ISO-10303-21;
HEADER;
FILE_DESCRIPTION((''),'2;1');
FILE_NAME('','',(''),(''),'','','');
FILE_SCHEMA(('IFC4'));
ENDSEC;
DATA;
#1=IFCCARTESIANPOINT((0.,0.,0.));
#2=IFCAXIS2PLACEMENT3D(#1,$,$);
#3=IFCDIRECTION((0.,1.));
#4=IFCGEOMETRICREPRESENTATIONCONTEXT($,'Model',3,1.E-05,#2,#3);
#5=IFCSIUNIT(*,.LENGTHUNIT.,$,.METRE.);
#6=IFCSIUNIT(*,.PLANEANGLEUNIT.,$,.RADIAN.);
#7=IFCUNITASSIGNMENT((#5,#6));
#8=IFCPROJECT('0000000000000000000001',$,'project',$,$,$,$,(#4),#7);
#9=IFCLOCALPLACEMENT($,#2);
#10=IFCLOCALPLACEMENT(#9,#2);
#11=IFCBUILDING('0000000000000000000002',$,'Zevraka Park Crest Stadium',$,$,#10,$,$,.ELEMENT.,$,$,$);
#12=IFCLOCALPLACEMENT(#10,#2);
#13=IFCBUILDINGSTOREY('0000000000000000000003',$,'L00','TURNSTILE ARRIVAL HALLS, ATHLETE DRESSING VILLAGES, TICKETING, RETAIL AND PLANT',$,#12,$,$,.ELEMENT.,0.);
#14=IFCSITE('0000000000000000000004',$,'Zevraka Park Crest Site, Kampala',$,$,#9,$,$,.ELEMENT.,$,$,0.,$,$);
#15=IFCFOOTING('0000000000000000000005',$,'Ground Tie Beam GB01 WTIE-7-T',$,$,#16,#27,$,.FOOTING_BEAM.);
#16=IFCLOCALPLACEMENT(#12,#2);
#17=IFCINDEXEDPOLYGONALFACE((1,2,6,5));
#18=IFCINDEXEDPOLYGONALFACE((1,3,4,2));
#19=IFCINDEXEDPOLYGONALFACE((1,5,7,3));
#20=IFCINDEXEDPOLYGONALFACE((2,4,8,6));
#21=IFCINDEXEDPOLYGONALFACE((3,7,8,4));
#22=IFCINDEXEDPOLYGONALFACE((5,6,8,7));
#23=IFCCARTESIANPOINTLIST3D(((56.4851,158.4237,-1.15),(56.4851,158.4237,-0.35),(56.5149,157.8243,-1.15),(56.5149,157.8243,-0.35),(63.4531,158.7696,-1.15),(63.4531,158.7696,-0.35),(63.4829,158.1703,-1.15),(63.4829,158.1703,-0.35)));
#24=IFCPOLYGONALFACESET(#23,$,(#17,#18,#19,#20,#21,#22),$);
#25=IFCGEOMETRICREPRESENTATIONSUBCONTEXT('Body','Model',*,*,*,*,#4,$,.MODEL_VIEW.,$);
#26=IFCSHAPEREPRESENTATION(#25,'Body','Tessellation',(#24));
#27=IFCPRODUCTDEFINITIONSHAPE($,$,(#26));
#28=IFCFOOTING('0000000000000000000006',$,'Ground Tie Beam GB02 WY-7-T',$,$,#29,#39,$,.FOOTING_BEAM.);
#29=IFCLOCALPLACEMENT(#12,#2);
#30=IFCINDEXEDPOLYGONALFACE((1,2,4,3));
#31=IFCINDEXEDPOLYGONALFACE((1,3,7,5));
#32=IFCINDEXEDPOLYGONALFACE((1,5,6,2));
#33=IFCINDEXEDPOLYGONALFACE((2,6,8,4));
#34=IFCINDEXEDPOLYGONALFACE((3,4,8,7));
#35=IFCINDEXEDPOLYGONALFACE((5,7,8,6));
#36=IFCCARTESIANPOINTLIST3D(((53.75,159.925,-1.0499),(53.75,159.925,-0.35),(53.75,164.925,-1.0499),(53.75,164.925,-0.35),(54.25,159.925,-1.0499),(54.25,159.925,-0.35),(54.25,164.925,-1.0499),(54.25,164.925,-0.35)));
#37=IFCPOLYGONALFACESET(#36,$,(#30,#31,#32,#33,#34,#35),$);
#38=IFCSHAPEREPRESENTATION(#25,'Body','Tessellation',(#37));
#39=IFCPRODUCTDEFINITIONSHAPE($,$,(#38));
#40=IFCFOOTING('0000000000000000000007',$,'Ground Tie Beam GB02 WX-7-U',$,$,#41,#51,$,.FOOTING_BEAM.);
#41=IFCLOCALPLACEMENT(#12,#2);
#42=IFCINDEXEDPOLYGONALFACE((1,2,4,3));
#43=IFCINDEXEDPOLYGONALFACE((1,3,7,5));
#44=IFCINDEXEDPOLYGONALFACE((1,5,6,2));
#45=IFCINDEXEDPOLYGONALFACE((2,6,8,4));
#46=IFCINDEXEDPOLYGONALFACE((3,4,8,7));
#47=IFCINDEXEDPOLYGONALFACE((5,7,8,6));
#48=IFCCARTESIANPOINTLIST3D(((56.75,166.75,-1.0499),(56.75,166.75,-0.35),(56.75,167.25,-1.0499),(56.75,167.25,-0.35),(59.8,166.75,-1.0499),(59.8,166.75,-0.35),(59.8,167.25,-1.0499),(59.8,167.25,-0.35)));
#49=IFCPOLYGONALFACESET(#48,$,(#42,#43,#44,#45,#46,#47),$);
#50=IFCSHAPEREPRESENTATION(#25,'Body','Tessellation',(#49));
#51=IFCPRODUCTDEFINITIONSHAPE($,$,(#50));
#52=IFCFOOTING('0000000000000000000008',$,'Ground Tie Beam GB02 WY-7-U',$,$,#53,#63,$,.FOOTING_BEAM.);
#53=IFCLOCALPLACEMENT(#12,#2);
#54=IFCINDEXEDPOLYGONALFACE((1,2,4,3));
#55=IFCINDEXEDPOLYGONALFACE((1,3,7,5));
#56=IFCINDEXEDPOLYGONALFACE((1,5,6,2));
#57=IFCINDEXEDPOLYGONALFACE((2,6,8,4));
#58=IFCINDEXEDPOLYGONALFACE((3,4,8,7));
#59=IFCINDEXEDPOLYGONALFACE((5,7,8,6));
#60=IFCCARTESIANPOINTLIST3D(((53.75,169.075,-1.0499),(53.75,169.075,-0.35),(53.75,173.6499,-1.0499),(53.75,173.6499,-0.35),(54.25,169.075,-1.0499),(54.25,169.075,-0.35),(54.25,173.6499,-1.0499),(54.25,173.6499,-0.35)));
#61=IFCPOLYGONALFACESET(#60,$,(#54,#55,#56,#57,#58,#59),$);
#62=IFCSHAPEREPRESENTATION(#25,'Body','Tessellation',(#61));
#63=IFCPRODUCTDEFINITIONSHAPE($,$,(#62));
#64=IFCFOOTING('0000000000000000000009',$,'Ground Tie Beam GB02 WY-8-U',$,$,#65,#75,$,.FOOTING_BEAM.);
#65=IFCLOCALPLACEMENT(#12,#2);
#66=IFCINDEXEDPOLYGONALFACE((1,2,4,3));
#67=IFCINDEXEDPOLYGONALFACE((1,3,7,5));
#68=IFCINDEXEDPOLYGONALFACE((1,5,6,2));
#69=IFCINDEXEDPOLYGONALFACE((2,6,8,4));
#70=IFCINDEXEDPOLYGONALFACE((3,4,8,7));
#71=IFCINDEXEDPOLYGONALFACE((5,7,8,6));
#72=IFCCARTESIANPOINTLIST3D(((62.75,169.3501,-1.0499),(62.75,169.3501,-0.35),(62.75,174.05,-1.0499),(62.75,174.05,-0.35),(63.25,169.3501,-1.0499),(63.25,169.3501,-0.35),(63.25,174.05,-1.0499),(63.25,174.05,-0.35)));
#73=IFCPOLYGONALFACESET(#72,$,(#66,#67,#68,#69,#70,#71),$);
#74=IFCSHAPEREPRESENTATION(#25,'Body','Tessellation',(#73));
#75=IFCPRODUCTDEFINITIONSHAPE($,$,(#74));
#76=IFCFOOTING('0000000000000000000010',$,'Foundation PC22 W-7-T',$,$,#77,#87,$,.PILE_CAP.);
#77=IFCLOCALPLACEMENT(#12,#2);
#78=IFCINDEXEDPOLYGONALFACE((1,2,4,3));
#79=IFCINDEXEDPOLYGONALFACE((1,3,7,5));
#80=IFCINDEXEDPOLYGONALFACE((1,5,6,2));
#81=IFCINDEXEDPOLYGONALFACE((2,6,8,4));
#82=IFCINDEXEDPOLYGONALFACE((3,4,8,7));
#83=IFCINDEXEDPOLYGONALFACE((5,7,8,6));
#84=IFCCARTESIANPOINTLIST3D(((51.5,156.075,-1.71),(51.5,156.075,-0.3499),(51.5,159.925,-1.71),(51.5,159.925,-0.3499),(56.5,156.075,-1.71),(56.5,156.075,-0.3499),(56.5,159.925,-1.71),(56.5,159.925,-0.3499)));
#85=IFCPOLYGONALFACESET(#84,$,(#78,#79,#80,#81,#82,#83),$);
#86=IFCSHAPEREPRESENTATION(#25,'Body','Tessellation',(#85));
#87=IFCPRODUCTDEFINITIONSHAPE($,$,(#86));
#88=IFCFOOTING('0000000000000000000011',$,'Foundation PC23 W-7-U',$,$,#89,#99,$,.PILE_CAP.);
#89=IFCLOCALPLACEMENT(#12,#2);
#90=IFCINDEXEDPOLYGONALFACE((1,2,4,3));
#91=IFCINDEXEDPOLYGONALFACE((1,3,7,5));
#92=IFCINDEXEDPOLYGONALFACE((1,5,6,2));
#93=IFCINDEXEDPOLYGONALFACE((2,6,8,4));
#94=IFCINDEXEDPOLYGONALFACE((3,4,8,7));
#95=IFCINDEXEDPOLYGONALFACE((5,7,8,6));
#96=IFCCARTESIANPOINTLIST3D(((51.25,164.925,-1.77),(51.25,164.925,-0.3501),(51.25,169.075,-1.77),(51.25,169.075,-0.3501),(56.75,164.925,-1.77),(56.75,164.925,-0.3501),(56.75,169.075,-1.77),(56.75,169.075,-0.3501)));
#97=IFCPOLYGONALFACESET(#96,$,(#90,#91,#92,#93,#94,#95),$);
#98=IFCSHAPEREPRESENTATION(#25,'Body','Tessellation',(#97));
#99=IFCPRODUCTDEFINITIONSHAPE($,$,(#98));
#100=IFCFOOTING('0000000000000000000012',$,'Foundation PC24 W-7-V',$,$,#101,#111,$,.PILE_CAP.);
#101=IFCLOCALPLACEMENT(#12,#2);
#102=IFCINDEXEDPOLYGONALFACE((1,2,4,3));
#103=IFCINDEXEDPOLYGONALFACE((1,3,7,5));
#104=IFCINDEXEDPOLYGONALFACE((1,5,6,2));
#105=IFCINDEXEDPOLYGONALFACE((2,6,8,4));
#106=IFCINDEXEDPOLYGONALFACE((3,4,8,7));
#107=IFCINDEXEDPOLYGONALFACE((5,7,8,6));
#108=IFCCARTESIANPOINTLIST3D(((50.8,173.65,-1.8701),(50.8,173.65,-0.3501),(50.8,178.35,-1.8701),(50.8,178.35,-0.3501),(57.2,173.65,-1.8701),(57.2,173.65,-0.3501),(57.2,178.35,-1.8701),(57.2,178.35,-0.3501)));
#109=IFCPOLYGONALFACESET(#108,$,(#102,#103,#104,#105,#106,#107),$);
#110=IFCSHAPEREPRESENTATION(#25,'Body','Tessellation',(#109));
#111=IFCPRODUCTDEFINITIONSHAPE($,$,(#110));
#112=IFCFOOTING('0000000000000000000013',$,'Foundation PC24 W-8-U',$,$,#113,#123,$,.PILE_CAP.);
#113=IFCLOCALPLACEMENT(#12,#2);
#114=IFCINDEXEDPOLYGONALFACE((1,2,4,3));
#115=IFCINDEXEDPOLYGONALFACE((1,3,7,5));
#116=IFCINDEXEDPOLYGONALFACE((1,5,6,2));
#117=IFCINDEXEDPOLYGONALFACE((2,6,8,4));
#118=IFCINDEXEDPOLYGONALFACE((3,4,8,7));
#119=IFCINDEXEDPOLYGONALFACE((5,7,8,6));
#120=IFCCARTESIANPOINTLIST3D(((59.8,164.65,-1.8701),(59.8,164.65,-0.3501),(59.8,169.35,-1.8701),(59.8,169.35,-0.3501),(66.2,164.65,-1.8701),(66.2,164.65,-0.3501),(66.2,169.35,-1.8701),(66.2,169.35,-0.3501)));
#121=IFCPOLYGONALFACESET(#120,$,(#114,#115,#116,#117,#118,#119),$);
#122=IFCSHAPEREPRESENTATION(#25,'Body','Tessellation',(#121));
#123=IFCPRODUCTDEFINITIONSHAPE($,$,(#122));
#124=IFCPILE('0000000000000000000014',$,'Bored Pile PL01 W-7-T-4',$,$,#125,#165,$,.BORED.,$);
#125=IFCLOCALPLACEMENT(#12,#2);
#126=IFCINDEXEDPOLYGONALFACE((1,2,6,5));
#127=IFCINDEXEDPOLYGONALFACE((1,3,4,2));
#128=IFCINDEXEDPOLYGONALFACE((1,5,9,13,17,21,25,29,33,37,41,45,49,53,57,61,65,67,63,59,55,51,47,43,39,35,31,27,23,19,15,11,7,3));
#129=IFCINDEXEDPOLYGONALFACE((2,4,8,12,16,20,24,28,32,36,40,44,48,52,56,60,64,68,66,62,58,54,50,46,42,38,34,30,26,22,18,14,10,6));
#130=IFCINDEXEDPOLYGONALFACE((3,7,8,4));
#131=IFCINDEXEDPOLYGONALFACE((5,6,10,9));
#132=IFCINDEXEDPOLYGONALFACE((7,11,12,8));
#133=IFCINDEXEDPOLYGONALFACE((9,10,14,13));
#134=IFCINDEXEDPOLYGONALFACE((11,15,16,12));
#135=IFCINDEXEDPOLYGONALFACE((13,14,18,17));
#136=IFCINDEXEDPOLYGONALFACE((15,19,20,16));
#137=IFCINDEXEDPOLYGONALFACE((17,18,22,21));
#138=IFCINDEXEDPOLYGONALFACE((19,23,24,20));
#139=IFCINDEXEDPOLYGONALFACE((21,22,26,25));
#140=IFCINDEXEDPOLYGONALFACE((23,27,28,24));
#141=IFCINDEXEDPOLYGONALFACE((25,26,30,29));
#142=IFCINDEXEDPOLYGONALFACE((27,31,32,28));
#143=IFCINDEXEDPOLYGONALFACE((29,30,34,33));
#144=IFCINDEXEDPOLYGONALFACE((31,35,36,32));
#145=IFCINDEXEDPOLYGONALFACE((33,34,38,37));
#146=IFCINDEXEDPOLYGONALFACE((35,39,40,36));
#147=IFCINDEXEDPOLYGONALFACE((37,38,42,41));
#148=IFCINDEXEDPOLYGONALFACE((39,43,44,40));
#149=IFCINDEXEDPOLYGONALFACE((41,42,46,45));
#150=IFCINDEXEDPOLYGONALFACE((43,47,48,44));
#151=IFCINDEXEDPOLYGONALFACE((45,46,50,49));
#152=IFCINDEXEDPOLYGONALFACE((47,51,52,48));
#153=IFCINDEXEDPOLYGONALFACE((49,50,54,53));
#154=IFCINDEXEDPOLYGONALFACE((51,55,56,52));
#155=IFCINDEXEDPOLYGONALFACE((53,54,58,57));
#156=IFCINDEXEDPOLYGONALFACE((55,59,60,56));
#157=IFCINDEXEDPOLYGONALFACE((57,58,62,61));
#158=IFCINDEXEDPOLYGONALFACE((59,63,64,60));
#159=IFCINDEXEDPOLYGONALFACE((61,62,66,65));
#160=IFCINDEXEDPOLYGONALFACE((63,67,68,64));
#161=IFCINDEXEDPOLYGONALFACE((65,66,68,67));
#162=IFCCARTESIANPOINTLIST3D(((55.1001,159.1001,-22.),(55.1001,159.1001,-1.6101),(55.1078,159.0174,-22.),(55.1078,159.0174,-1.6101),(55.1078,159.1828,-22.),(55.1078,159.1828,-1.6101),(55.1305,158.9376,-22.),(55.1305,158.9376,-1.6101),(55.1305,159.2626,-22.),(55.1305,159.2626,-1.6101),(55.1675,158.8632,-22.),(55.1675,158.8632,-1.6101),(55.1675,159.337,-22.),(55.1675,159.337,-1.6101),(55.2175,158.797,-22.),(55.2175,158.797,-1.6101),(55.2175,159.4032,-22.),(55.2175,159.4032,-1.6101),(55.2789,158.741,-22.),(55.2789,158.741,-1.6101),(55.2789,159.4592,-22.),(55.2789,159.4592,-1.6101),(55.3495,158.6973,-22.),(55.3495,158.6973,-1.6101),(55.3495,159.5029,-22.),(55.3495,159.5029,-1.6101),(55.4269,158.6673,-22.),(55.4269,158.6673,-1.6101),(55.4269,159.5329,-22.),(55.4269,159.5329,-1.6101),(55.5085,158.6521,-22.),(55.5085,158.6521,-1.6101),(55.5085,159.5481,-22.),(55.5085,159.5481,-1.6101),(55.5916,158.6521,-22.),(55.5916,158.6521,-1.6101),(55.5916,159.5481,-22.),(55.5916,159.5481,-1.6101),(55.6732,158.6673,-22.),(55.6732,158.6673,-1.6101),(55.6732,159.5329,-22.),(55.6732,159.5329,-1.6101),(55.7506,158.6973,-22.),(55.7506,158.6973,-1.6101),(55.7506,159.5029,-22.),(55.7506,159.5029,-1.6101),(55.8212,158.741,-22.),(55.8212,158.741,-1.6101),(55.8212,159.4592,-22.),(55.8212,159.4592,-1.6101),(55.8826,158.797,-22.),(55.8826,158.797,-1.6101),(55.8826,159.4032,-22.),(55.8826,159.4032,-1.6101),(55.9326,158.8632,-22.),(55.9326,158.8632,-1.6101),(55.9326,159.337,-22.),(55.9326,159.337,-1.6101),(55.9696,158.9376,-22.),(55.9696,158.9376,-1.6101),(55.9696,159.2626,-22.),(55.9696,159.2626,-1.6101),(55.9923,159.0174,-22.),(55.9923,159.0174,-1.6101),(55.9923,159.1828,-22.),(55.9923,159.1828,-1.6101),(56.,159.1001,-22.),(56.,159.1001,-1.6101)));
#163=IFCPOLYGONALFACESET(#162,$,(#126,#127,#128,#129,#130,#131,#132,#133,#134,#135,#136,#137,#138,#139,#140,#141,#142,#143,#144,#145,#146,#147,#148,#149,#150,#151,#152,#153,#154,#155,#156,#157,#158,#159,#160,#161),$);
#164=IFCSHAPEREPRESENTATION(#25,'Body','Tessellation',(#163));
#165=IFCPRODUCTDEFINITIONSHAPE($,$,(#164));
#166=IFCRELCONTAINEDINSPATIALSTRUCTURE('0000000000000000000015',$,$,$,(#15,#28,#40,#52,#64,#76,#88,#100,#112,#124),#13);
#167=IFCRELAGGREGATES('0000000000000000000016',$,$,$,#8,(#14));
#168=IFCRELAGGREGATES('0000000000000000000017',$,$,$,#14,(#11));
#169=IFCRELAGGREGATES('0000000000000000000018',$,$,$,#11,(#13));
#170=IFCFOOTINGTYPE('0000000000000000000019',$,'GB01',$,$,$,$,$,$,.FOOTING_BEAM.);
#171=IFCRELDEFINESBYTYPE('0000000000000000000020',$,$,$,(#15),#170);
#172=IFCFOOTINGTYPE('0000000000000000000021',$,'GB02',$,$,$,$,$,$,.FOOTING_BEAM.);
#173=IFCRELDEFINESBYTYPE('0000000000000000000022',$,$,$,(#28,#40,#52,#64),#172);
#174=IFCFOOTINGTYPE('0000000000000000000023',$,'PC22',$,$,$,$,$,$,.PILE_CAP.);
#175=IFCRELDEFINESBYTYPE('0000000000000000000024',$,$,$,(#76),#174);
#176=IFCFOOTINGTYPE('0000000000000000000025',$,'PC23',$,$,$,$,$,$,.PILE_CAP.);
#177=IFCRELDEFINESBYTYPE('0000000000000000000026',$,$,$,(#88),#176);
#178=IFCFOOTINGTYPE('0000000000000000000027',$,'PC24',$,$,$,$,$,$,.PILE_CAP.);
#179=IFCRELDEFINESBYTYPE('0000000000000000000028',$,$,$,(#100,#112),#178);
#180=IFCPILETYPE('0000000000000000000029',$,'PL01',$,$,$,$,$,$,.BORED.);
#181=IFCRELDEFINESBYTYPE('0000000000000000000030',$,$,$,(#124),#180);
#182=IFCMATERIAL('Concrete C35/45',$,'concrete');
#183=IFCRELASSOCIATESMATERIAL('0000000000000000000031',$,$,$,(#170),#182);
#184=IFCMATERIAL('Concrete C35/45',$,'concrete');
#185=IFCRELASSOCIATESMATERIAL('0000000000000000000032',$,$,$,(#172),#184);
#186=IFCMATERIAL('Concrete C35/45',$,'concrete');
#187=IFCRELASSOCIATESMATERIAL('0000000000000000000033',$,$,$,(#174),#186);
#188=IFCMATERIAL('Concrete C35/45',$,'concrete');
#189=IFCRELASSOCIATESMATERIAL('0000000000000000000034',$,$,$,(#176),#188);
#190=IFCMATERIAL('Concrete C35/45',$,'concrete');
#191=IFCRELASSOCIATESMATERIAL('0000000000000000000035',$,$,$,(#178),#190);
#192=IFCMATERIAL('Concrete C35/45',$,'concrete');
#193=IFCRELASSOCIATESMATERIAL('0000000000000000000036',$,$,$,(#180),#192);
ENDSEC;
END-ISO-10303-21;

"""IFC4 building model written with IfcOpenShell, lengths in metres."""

from ifc_helpers import new_model, si_unit, direction, frame, origin, origin_2d, place, context, subcontext, project, spatial, rectangle, circle, extrude, material, material_profile, profile_set, type_object, element, save


model = new_model("IFC4")

# Units and contexts
model_context = context("Model", 3, precision=1e-05, world=origin(), true_north=direction((0.0, 1.0)))
body_context = subcontext(model_context, "Body", "Model", "MODEL_VIEW")
ifc_project = project(units=[si_unit("LENGTHUNIT", "METRE"), si_unit("PLANEANGLEUNIT", "RADIAN")], contexts=[model_context])

# Site, building, storey
site_placement = place(None, origin())
site = spatial("IfcSite", under=ifc_project, at=site_placement, Name="Zevraka Park Crest Site, Kampala", CompositionType="ELEMENT", RefElevation=0.0)
building_placement = place(site_placement, origin())
building = spatial("IfcBuilding", under=site, at=building_placement, Name="Zevraka Park Crest Stadium", CompositionType="ELEMENT")
storey_placement = place(building_placement, origin())
storey = spatial("IfcBuildingStorey", under=building, at=storey_placement, Name="L00", Description="TURNSTILE ARRIVAL HALLS, ATHLETE DRESSING VILLAGES, TICKETING, RETAIL AND PLANT", CompositionType="ELEMENT", Elevation=0.0)

# Footings
ifc_material_1 = material(Name="Concrete C35/45", Category="concrete")
ifc_material_profile_1 = material_profile(ifc_material_1, rectangle(XDim=0.6001, YDim=0.8, at=origin_2d()), Name="GB 800x600")
ifc_profile_set_1 = profile_set([ifc_material_profile_1], Name="Concrete C35/45")
footing_type_1 = type_object("IfcFootingType", Name="GB01", PredefinedType="FOOTING_BEAM", material=ifc_profile_set_1)
footing_1_placement = place(storey_placement, frame((56.5, 158.124, -0.75), z_axis=(0.99877, 0.049587, 0.0), x_axis=(-0.049587, 0.99877, 0.0)))
element("IfcFooting", 1, at=footing_1_placement, inside=storey, type_object=footing_type_1, Name="Ground Tie Beam GB01 WTIE-7-T", PredefinedType="FOOTING_BEAM", context=body_context, shape_type="SweptSolid", body=[
    extrude(rectangle(XDim=0.6001, YDim=0.8, at=origin_2d()), origin(), (0.0, 0.0, 1.0), 6.9766),
])
ifc_material_2 = material(Name="Concrete C35/45", Category="concrete")
ifc_material_profile_2 = material_profile(ifc_material_2, rectangle(XDim=0.5, YDim=0.7, at=origin_2d()), Name="GB 700x500")
ifc_profile_set_2 = profile_set([ifc_material_profile_2], Name="Concrete C35/45")
footing_type_2 = type_object("IfcFootingType", Name="GB02", PredefinedType="FOOTING_BEAM", material=ifc_profile_set_2)
footing_2_placement = place(storey_placement, frame((54.0, 159.925, -0.7), z_axis=(0.0, 1.0, 0.0), x_axis=(-1.0, 0.0, 0.0)))
element("IfcFooting", 2, at=footing_2_placement, inside=storey, type_object=footing_type_2, Name="Ground Tie Beam GB02 WY-7-T", PredefinedType="FOOTING_BEAM", context=body_context, shape_type="SweptSolid", body=[
    extrude(rectangle(XDim=0.5, YDim=0.7, at=origin_2d()), origin(), (0.0, 0.0, 1.0), 5.0),
])
footing_3_placement = place(storey_placement, frame((56.75, 167.0, -0.7), z_axis=(1.0, 0.0, 0.0), x_axis=(0.0, 1.0, 0.0)))
element("IfcFooting", 3, at=footing_3_placement, inside=storey, type_object=footing_type_2, Name="Ground Tie Beam GB02 WX-7-U", PredefinedType="FOOTING_BEAM", context=body_context, shape_type="SweptSolid", body=[
    extrude(rectangle(XDim=0.5, YDim=0.7, at=origin_2d()), origin(), (0.0, 0.0, 1.0), 3.05),
])
footing_4_placement = place(storey_placement, frame((54.0, 169.075, -0.7), z_axis=(0.0, 1.0, 0.0), x_axis=(-1.0, 0.0, 0.0)))
element("IfcFooting", 4, at=footing_4_placement, inside=storey, type_object=footing_type_2, Name="Ground Tie Beam GB02 WY-7-U", PredefinedType="FOOTING_BEAM", context=body_context, shape_type="SweptSolid", body=[
    extrude(rectangle(XDim=0.5, YDim=0.7, at=origin_2d()), origin(), (0.0, 0.0, 1.0), 4.575),
])
footing_5_placement = place(storey_placement, frame((63.0, 169.3501, -0.7), z_axis=(0.0, 1.0, 0.0), x_axis=(-1.0, 0.0, 0.0)))
element("IfcFooting", 5, at=footing_5_placement, inside=storey, type_object=footing_type_2, Name="Ground Tie Beam GB02 WY-8-U", PredefinedType="FOOTING_BEAM", context=body_context, shape_type="SweptSolid", body=[
    extrude(rectangle(XDim=0.5, YDim=0.7, at=origin_2d()), origin(), (0.0, 0.0, 1.0), 4.7),
])
ifc_material_3 = material(Name="Concrete C35/45", Category="concrete")
footing_type_3 = type_object("IfcFootingType", Name="PC22", PredefinedType="PILE_CAP", material=ifc_material_3)
footing_6_placement = place(storey_placement, frame((54.0, 158.0, -1.71), z_axis=(0.0, 0.0, 1.0), x_axis=(1.0, 0.0, 0.0)))
element("IfcFooting", 6, at=footing_6_placement, inside=storey, type_object=footing_type_3, Name="Foundation PC22 W-7-T", PredefinedType="PILE_CAP", context=body_context, shape_type="SweptSolid", body=[
    extrude(rectangle(XDim=5.0, YDim=3.8501, at=origin_2d()), origin(), (0.0, 0.0, 1.0), 1.3601),
])
ifc_material_4 = material(Name="Concrete C35/45", Category="concrete")
footing_type_4 = type_object("IfcFootingType", Name="PC23", PredefinedType="PILE_CAP", material=ifc_material_4)
footing_7_placement = place(storey_placement, frame((54.0, 167.0, -1.77), z_axis=(0.0, 0.0, 1.0), x_axis=(1.0, 0.0, 0.0)))
element("IfcFooting", 7, at=footing_7_placement, inside=storey, type_object=footing_type_4, Name="Foundation PC23 W-7-U", PredefinedType="PILE_CAP", context=body_context, shape_type="SweptSolid", body=[
    extrude(rectangle(XDim=5.5, YDim=4.1499, at=origin_2d()), origin(), (0.0, 0.0, 1.0), 1.4199),
])
ifc_material_5 = material(Name="Concrete C35/45", Category="concrete")
footing_type_5 = type_object("IfcFootingType", Name="PC24", PredefinedType="PILE_CAP", material=ifc_material_5)
for number, where, z_axis, x_axis, name in (
    (8, (54.0, 176.0, -1.8701), (0.0, 0.0, 1.0), (1.0, 0.0, 0.0), "Foundation PC24 W-7-V"),
    (9, (63.0, 167.0, -1.8701), (0.0, 0.0, 1.0), (1.0, 0.0, 0.0), "Foundation PC24 W-8-U"),
):
    element("IfcFooting", number, at=place(storey_placement, frame(where, z_axis=z_axis, x_axis=x_axis)), inside=storey, type_object=footing_type_5, Name=name, PredefinedType="PILE_CAP", context=body_context, shape_type="SweptSolid", body=[
        extrude(rectangle(XDim=6.3999, YDim=4.7, at=origin_2d()), origin(), (0.0, 0.0, 1.0), 1.52),
    ])

# Pile
ifc_material_6 = material(Name="Concrete C35/45", Category="concrete")
ifc_material_profile_3 = material_profile(ifc_material_6, circle(Radius=0.45, at=origin_2d()), Name="PILE D900")
ifc_profile_set_3 = profile_set([ifc_material_profile_3], Name="Concrete C35/45")
pile_type_1 = type_object("IfcPileType", Name="PL01", PredefinedType="BORED", material=ifc_profile_set_3)
pile_1_placement = place(storey_placement, frame((55.55, 159.1001, -1.6101), z_axis=(0.0, 0.0, -1.0), x_axis=(1.0, 0.0, 0.0)))
element("IfcPile", 10, at=pile_1_placement, inside=storey, type_object=pile_type_1, Name="Bored Pile PL01 W-7-T-4", PredefinedType="BORED", context=body_context, shape_type="SweptSolid", body=[
    extrude(circle(Radius=0.45, at=origin_2d()), origin(), (0.0, 0.0, 1.0), 20.3899),
])

save(model, "model.ifc")
